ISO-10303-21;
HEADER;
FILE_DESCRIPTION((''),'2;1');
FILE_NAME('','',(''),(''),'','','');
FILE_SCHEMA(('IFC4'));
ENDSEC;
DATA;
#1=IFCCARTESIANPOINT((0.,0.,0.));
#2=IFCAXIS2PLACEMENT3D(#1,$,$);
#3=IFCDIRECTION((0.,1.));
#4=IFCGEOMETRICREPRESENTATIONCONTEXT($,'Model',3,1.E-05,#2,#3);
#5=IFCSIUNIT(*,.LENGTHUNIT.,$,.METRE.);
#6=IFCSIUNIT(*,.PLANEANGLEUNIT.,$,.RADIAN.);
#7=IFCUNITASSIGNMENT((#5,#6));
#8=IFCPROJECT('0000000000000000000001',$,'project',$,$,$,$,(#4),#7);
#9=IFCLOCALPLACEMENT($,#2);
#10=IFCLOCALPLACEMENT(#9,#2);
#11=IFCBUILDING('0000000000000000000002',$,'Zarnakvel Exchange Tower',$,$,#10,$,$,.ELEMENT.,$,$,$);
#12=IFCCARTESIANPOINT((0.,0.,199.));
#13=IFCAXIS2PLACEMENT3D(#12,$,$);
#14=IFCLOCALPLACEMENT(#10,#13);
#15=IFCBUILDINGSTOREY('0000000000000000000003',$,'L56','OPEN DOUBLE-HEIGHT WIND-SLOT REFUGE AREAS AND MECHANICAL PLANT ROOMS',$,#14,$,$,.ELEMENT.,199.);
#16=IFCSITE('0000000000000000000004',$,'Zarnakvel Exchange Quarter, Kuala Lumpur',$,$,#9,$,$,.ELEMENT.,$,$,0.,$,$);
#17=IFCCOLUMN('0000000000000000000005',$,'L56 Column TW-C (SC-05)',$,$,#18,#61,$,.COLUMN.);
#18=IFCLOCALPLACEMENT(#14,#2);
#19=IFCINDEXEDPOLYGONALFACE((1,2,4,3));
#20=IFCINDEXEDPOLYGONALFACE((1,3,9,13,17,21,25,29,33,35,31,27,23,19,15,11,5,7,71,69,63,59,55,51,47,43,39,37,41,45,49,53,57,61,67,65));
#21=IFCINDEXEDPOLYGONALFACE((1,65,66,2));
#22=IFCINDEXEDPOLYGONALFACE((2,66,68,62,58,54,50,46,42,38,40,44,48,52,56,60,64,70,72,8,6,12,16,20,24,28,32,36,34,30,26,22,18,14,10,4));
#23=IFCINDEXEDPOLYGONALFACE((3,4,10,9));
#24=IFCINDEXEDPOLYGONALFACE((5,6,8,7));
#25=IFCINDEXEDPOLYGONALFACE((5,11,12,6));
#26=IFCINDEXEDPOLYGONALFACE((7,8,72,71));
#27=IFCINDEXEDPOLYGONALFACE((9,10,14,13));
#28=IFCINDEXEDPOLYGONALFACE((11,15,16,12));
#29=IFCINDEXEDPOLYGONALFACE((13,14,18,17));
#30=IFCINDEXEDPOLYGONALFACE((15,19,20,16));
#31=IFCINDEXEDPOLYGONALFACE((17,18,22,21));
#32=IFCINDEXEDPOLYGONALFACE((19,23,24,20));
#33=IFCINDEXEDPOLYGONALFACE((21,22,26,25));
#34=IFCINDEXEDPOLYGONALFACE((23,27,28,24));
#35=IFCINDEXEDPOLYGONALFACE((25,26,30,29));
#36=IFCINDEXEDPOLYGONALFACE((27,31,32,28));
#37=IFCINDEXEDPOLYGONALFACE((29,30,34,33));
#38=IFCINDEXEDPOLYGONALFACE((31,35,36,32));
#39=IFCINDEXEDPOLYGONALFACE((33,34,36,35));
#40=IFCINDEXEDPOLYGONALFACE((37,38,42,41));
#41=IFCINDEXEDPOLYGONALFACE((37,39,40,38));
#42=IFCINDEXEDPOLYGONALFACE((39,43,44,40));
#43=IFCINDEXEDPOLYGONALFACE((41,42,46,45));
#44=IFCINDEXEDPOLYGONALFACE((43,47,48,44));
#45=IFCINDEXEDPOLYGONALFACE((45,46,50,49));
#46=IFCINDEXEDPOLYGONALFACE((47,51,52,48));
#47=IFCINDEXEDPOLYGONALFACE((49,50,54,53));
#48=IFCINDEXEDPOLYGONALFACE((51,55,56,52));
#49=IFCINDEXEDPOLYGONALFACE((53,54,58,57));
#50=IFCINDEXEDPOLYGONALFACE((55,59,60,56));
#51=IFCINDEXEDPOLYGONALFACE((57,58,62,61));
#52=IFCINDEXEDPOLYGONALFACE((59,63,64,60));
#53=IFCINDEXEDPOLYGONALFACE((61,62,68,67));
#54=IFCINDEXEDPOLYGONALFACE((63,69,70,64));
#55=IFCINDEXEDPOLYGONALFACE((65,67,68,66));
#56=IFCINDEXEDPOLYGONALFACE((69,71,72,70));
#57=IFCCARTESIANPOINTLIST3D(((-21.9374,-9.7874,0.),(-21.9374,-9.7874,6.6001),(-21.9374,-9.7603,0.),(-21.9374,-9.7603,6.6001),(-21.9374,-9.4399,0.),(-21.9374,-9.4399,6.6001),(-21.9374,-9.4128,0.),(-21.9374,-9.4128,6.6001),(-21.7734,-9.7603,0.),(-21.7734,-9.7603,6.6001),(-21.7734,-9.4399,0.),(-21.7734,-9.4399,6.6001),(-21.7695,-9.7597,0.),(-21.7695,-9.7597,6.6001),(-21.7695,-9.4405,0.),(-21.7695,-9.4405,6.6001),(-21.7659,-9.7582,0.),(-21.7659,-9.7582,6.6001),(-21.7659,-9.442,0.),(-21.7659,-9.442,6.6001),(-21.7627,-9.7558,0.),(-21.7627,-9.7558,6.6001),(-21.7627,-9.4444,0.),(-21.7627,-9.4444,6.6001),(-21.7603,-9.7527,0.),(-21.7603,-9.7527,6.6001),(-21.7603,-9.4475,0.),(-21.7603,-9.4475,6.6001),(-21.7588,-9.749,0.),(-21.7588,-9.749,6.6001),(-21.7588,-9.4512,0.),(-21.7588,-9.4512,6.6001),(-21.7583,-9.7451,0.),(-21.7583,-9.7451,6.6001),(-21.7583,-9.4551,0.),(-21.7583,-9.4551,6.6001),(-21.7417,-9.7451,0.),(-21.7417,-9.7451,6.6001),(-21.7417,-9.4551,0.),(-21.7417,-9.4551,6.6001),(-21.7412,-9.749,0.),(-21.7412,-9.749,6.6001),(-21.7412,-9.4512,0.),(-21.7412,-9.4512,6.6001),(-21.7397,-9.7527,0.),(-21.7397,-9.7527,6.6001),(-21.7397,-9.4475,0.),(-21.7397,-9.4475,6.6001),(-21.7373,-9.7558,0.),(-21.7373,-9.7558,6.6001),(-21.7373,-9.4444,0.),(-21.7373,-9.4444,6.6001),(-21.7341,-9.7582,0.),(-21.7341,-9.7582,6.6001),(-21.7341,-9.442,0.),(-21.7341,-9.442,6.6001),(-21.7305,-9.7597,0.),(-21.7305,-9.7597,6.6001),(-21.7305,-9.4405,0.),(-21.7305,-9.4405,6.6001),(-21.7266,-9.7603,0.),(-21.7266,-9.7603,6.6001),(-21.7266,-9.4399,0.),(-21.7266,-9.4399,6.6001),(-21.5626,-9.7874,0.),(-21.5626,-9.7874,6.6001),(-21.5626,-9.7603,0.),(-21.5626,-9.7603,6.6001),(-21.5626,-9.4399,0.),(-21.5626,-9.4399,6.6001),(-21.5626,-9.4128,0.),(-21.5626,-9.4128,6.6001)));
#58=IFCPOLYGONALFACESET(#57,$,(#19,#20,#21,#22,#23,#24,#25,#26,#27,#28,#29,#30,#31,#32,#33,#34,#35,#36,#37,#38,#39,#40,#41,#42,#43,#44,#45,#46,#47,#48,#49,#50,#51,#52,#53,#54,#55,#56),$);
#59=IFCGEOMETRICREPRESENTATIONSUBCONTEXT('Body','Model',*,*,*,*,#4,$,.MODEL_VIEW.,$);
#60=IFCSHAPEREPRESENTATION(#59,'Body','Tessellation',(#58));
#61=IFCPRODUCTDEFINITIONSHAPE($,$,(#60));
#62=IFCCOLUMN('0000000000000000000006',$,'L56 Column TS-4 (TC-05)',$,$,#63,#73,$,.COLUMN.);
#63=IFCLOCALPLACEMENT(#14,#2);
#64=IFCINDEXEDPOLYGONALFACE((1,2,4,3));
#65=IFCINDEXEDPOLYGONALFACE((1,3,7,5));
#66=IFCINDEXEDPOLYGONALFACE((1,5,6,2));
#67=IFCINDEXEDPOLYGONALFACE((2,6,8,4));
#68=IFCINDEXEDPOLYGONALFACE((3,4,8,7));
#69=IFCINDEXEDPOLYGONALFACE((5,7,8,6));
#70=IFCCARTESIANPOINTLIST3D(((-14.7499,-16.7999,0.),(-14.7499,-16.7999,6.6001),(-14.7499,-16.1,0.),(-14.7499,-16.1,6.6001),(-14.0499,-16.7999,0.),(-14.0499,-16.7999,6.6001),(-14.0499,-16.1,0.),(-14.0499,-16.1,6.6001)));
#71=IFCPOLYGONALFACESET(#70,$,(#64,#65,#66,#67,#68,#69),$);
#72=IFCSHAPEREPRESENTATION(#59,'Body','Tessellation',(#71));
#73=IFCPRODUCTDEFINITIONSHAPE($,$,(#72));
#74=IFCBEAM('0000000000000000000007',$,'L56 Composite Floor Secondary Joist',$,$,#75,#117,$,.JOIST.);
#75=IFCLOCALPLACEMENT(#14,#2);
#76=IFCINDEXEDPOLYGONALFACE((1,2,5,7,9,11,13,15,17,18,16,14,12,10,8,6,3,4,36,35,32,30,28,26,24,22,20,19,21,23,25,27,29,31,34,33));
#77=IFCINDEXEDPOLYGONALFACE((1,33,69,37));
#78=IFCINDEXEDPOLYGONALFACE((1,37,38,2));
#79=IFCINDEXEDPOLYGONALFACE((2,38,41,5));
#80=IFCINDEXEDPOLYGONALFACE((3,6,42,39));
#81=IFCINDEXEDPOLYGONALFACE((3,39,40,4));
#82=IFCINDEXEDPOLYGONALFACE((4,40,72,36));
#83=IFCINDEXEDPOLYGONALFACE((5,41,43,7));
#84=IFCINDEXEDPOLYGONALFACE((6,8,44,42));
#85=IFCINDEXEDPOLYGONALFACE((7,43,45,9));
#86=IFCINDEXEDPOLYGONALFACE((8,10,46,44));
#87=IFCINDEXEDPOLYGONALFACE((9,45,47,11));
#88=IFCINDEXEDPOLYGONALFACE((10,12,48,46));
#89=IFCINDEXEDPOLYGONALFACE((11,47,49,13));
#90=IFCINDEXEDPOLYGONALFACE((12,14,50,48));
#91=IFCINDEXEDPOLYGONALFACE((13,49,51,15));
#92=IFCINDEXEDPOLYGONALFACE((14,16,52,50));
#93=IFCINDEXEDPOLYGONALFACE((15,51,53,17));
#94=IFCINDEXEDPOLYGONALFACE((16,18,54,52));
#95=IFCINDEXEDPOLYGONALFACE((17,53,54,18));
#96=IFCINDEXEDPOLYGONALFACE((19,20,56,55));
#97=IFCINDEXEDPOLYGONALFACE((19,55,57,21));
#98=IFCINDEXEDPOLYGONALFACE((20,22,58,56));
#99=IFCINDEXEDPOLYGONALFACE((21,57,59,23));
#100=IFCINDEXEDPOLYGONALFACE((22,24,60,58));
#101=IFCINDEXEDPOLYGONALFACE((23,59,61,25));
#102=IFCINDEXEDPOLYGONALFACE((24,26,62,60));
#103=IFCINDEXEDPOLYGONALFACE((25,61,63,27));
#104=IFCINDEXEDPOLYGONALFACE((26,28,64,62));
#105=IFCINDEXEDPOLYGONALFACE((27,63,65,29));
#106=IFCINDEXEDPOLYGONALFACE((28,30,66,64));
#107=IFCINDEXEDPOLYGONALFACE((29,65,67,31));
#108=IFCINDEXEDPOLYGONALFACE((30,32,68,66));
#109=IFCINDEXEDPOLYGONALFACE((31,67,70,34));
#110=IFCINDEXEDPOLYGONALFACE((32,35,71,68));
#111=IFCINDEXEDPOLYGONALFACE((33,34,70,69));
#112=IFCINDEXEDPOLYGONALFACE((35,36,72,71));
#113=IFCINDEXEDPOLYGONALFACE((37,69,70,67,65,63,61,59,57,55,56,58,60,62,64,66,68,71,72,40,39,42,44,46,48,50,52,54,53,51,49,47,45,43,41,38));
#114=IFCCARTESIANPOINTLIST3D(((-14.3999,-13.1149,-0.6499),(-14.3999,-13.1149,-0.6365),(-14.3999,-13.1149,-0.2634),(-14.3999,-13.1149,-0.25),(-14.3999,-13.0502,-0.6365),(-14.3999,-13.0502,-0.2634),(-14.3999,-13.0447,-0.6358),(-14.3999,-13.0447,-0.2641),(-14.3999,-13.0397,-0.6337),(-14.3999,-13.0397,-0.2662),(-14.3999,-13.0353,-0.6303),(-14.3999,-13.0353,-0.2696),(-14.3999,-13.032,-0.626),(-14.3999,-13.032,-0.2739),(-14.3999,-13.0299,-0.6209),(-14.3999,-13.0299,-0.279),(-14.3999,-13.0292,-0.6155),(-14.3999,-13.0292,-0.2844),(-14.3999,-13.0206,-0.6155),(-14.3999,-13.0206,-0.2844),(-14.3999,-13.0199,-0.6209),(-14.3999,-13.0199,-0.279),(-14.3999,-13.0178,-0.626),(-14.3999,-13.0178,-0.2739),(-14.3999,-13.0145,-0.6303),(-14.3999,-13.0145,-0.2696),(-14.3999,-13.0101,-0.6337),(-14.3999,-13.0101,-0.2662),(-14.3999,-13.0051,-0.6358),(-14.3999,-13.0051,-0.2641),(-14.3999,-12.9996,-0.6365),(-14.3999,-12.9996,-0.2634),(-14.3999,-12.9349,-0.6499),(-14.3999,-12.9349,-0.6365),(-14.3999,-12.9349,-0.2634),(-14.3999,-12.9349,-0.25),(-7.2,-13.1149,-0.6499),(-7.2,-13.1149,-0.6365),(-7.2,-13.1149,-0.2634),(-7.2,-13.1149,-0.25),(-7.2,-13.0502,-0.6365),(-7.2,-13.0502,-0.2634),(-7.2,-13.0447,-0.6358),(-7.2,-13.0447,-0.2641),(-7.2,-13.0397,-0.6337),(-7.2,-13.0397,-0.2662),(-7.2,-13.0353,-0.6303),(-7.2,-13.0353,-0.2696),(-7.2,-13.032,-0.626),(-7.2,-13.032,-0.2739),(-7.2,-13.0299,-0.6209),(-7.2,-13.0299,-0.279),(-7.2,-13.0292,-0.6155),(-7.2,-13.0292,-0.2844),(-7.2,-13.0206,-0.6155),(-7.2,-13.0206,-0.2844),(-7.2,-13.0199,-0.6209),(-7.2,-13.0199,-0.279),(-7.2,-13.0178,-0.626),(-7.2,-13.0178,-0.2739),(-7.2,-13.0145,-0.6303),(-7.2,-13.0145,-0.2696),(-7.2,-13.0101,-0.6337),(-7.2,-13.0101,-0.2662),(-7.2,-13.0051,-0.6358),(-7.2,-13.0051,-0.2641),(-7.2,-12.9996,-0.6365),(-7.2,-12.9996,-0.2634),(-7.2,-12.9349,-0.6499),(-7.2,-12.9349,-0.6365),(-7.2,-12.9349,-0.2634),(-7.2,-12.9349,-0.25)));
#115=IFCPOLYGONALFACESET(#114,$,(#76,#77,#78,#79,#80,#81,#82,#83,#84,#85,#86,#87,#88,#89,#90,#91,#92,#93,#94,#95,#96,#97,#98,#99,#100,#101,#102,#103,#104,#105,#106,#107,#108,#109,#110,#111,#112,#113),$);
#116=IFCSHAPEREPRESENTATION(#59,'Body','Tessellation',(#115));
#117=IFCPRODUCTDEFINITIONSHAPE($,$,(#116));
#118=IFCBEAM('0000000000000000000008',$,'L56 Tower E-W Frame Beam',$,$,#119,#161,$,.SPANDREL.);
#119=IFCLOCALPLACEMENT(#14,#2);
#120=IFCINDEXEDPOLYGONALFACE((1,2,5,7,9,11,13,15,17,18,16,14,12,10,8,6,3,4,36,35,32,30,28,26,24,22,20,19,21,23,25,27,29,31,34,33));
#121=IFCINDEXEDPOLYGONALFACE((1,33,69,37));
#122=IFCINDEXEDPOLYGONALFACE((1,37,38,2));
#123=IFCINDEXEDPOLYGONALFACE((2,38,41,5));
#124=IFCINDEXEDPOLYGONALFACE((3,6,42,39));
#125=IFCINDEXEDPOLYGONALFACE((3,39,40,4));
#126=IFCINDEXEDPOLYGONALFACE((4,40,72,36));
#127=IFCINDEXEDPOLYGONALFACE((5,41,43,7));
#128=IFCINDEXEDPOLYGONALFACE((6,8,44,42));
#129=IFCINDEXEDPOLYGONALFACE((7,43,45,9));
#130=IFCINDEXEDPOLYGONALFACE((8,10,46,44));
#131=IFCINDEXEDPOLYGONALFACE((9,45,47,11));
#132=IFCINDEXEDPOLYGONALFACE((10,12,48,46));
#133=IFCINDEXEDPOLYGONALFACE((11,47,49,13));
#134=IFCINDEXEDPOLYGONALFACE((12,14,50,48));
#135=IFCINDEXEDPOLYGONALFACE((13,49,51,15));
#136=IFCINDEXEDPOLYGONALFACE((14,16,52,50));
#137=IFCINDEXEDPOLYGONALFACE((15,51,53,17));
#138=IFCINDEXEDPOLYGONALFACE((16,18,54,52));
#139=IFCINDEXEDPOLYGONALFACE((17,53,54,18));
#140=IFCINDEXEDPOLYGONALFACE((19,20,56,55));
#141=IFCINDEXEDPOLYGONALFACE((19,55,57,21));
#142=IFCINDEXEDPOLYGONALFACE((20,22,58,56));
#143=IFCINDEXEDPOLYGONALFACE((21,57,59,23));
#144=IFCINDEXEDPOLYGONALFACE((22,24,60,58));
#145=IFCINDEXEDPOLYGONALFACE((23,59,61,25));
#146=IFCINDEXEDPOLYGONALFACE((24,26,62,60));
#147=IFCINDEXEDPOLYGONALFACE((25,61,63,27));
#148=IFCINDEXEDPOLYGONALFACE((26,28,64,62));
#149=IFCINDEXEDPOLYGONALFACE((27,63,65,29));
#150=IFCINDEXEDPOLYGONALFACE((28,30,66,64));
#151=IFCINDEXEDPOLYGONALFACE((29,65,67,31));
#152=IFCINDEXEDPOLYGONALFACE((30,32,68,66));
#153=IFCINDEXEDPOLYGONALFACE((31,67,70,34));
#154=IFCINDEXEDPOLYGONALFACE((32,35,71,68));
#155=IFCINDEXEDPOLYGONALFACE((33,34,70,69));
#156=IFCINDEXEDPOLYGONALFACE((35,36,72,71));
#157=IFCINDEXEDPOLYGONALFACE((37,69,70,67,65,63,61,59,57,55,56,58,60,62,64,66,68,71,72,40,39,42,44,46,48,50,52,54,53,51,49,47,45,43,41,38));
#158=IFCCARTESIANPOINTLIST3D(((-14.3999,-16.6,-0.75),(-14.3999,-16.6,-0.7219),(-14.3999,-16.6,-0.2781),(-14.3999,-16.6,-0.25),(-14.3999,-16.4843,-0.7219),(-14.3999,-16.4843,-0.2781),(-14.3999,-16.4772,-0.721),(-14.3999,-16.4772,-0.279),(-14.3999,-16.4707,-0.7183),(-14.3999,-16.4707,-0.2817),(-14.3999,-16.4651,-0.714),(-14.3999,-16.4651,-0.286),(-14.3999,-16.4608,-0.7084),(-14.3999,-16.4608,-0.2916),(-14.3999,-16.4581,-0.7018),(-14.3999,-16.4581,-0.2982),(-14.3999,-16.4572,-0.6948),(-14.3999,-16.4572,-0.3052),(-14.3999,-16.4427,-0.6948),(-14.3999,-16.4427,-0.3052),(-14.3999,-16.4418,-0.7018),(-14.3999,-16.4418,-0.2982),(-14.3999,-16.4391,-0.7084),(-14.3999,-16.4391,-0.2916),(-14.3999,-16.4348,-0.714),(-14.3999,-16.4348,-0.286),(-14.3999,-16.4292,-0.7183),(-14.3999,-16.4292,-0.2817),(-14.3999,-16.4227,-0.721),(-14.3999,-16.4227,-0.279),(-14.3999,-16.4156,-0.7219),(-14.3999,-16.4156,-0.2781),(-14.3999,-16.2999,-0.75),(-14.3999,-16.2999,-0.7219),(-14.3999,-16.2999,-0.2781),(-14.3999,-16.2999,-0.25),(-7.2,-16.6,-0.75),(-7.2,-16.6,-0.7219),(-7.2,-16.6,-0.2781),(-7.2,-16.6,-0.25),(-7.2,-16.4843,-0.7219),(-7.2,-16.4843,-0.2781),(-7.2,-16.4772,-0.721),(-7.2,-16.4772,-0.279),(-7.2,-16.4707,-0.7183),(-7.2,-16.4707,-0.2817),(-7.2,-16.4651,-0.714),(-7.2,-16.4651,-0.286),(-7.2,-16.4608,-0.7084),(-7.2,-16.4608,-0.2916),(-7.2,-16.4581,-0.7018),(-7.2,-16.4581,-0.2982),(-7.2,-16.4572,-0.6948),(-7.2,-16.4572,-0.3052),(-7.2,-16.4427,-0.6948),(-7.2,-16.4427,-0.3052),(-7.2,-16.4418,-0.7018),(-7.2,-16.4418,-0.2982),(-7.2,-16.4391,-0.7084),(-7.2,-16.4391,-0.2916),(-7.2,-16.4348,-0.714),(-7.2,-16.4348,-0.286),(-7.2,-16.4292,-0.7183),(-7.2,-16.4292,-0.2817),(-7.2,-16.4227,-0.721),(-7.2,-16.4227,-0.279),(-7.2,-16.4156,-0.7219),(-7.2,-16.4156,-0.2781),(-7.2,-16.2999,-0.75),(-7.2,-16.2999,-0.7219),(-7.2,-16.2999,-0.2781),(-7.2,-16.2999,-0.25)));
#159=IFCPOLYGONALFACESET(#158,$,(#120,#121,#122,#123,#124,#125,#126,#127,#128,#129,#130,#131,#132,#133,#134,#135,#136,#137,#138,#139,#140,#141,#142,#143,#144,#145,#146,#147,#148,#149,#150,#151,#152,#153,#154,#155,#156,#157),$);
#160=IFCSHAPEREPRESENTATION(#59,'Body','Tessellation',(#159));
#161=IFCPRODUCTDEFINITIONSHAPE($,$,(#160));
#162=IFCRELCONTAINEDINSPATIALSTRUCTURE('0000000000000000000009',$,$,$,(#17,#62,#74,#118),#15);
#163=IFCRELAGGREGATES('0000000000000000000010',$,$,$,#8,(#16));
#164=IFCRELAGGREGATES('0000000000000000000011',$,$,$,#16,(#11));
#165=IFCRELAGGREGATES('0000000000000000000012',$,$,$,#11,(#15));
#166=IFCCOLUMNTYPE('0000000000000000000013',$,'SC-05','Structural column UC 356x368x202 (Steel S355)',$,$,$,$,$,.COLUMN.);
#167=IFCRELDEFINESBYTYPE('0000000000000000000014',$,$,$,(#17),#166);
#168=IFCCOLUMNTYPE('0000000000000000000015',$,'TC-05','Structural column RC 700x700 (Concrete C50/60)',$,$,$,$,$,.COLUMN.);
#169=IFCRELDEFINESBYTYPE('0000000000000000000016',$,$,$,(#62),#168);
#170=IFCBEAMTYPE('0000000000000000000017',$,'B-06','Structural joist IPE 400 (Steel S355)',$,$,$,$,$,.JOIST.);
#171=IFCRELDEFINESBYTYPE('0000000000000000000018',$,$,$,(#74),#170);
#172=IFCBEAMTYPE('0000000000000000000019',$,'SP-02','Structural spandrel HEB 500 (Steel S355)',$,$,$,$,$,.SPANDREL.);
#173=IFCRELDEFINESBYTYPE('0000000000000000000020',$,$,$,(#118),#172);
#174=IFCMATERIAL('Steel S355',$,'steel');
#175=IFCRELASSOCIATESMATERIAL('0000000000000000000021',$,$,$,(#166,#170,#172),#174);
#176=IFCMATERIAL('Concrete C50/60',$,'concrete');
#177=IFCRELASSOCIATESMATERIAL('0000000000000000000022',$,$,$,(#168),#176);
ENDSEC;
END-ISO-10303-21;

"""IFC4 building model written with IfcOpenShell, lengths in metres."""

from ifc_helpers import new_model, si_unit, direction, frame, origin, origin_2d, place, context, subcontext, project, spatial, rectangle, i_section, extrude, material, material_profile, profile_set, type_object, element, save


model = new_model("IFC4")

# Units and contexts
model_context = context("Model", 3, precision=1e-05, world=origin(), true_north=direction((0.0, 1.0)))
body_context = subcontext(model_context, "Body", "Model", "MODEL_VIEW")
ifc_project = project(units=[si_unit("LENGTHUNIT", "METRE"), si_unit("PLANEANGLEUNIT", "RADIAN")], contexts=[model_context])

# Site, building, storey
site_placement = place(None, origin())
site = spatial("IfcSite", under=ifc_project, at=site_placement, Name="Zarnakvel Exchange Quarter, Kuala Lumpur", CompositionType="ELEMENT", RefElevation=0.0)
building_placement = place(site_placement, origin())
building = spatial("IfcBuilding", under=site, at=building_placement, Name="Zarnakvel Exchange Tower", CompositionType="ELEMENT")
storey_placement = place(building_placement, frame((0.0, 0.0, 199.0)))
storey = spatial("IfcBuildingStorey", under=building, at=storey_placement, Name="L56", Description="OPEN DOUBLE-HEIGHT WIND-SLOT REFUGE AREAS AND MECHANICAL PLANT ROOMS", CompositionType="ELEMENT", Elevation=199.0)

# Columns
ifc_material_1 = material(Name="Steel S355", Category="steel")
ifc_material_profile_1 = material_profile(ifc_material_1, i_section(OverallWidth=0.3748, OverallDepth=0.3745, WebThickness=0.0166, FlangeThickness=0.0271, FilletRadius=0.0151, at=origin_2d()))
ifc_profile_set_1 = profile_set([ifc_material_profile_1], Name="Steel S355")
column_type_1 = type_object("IfcColumnType", Name="SC-05", Description="Structural column UC 356x368x202 (Steel S355)", PredefinedType="COLUMN", material=ifc_profile_set_1)
column_1_placement = place(storey_placement, frame((-21.75, -9.6001, 0.0), z_axis=(0.0, 0.0, 1.0), x_axis=(1.0, 0.0, 0.0)))
element("IfcColumn", 1, at=column_1_placement, inside=storey, type_object=column_type_1, Name="L56 Column TW-C (SC-05)", PredefinedType="COLUMN", context=body_context, shape_type="SweptSolid", body=[
    extrude(i_section(OverallWidth=0.3748, OverallDepth=0.3745, WebThickness=0.0166, FlangeThickness=0.0271, FilletRadius=0.0151, at=origin_2d()), origin(), (0.0, 0.0, 1.0), 6.6001),
])
ifc_material_2 = material(Name="Concrete C50/60", Category="concrete")
ifc_material_profile_2 = material_profile(ifc_material_2, rectangle(XDim=0.7, YDim=0.7, at=origin_2d()))
ifc_profile_set_2 = profile_set([ifc_material_profile_2], Name="Concrete C50/60")
column_type_2 = type_object("IfcColumnType", Name="TC-05", Description="Structural column RC 700x700 (Concrete C50/60)", PredefinedType="COLUMN", material=ifc_profile_set_2)
column_2_placement = place(storey_placement, frame((-14.3999, -16.45, 0.0), z_axis=(0.0, 0.0, 1.0), x_axis=(1.0, 0.0, 0.0)))
element("IfcColumn", 2, at=column_2_placement, inside=storey, type_object=column_type_2, Name="L56 Column TS-4 (TC-05)", PredefinedType="COLUMN", context=body_context, shape_type="SweptSolid", body=[
    extrude(rectangle(XDim=0.7, YDim=0.7, at=origin_2d()), origin(), (0.0, 0.0, 1.0), 6.6001),
])

# Beams
ifc_material_profile_3 = material_profile(ifc_material_1, i_section(OverallWidth=0.1799, OverallDepth=0.3999, WebThickness=0.0085, FlangeThickness=0.0134, FilletRadius=0.021, at=origin_2d()))
ifc_profile_set_3 = profile_set([ifc_material_profile_3], Name="Steel S355")
beam_type_1 = type_object("IfcBeamType", Name="B-06", Description="Structural joist IPE 400 (Steel S355)", PredefinedType="JOIST", material=ifc_profile_set_3)
beam_1_placement = place(storey_placement, frame((-14.3999, -13.0249, -0.45), z_axis=(1.0, 0.0, 0.0), x_axis=(0.0, 1.0, 0.0)))
element("IfcBeam", 3, at=beam_1_placement, inside=storey, type_object=beam_type_1, Name="L56 Composite Floor Secondary Joist", PredefinedType="JOIST", context=body_context, shape_type="SweptSolid", body=[
    extrude(i_section(OverallWidth=0.1799, OverallDepth=0.3999, WebThickness=0.0085, FlangeThickness=0.0134, FilletRadius=0.021, at=origin_2d()), origin(), (0.0, 0.0, 1.0), 7.2),
])
ifc_material_profile_4 = material_profile(ifc_material_1, i_section(OverallWidth=0.3, OverallDepth=0.5, WebThickness=0.0144, FlangeThickness=0.0281, FilletRadius=0.0271, at=origin_2d()))
ifc_profile_set_4 = profile_set([ifc_material_profile_4], Name="Steel S355")
beam_type_2 = type_object("IfcBeamType", Name="SP-02", Description="Structural spandrel HEB 500 (Steel S355)", PredefinedType="SPANDREL", material=ifc_profile_set_4)
beam_2_placement = place(storey_placement, frame((-14.3999, -16.45, -0.5), z_axis=(1.0, 0.0, 0.0), x_axis=(0.0, 1.0, 0.0)))
element("IfcBeam", 4, at=beam_2_placement, inside=storey, type_object=beam_type_2, Name="L56 Tower E-W Frame Beam", PredefinedType="SPANDREL", context=body_context, shape_type="SweptSolid", body=[
    extrude(i_section(OverallWidth=0.3, OverallDepth=0.5, WebThickness=0.0144, FlangeThickness=0.0281, FilletRadius=0.0271, at=origin_2d()), origin(), (0.0, 0.0, 1.0), 7.2),
])

save(model, "model.ifc")
